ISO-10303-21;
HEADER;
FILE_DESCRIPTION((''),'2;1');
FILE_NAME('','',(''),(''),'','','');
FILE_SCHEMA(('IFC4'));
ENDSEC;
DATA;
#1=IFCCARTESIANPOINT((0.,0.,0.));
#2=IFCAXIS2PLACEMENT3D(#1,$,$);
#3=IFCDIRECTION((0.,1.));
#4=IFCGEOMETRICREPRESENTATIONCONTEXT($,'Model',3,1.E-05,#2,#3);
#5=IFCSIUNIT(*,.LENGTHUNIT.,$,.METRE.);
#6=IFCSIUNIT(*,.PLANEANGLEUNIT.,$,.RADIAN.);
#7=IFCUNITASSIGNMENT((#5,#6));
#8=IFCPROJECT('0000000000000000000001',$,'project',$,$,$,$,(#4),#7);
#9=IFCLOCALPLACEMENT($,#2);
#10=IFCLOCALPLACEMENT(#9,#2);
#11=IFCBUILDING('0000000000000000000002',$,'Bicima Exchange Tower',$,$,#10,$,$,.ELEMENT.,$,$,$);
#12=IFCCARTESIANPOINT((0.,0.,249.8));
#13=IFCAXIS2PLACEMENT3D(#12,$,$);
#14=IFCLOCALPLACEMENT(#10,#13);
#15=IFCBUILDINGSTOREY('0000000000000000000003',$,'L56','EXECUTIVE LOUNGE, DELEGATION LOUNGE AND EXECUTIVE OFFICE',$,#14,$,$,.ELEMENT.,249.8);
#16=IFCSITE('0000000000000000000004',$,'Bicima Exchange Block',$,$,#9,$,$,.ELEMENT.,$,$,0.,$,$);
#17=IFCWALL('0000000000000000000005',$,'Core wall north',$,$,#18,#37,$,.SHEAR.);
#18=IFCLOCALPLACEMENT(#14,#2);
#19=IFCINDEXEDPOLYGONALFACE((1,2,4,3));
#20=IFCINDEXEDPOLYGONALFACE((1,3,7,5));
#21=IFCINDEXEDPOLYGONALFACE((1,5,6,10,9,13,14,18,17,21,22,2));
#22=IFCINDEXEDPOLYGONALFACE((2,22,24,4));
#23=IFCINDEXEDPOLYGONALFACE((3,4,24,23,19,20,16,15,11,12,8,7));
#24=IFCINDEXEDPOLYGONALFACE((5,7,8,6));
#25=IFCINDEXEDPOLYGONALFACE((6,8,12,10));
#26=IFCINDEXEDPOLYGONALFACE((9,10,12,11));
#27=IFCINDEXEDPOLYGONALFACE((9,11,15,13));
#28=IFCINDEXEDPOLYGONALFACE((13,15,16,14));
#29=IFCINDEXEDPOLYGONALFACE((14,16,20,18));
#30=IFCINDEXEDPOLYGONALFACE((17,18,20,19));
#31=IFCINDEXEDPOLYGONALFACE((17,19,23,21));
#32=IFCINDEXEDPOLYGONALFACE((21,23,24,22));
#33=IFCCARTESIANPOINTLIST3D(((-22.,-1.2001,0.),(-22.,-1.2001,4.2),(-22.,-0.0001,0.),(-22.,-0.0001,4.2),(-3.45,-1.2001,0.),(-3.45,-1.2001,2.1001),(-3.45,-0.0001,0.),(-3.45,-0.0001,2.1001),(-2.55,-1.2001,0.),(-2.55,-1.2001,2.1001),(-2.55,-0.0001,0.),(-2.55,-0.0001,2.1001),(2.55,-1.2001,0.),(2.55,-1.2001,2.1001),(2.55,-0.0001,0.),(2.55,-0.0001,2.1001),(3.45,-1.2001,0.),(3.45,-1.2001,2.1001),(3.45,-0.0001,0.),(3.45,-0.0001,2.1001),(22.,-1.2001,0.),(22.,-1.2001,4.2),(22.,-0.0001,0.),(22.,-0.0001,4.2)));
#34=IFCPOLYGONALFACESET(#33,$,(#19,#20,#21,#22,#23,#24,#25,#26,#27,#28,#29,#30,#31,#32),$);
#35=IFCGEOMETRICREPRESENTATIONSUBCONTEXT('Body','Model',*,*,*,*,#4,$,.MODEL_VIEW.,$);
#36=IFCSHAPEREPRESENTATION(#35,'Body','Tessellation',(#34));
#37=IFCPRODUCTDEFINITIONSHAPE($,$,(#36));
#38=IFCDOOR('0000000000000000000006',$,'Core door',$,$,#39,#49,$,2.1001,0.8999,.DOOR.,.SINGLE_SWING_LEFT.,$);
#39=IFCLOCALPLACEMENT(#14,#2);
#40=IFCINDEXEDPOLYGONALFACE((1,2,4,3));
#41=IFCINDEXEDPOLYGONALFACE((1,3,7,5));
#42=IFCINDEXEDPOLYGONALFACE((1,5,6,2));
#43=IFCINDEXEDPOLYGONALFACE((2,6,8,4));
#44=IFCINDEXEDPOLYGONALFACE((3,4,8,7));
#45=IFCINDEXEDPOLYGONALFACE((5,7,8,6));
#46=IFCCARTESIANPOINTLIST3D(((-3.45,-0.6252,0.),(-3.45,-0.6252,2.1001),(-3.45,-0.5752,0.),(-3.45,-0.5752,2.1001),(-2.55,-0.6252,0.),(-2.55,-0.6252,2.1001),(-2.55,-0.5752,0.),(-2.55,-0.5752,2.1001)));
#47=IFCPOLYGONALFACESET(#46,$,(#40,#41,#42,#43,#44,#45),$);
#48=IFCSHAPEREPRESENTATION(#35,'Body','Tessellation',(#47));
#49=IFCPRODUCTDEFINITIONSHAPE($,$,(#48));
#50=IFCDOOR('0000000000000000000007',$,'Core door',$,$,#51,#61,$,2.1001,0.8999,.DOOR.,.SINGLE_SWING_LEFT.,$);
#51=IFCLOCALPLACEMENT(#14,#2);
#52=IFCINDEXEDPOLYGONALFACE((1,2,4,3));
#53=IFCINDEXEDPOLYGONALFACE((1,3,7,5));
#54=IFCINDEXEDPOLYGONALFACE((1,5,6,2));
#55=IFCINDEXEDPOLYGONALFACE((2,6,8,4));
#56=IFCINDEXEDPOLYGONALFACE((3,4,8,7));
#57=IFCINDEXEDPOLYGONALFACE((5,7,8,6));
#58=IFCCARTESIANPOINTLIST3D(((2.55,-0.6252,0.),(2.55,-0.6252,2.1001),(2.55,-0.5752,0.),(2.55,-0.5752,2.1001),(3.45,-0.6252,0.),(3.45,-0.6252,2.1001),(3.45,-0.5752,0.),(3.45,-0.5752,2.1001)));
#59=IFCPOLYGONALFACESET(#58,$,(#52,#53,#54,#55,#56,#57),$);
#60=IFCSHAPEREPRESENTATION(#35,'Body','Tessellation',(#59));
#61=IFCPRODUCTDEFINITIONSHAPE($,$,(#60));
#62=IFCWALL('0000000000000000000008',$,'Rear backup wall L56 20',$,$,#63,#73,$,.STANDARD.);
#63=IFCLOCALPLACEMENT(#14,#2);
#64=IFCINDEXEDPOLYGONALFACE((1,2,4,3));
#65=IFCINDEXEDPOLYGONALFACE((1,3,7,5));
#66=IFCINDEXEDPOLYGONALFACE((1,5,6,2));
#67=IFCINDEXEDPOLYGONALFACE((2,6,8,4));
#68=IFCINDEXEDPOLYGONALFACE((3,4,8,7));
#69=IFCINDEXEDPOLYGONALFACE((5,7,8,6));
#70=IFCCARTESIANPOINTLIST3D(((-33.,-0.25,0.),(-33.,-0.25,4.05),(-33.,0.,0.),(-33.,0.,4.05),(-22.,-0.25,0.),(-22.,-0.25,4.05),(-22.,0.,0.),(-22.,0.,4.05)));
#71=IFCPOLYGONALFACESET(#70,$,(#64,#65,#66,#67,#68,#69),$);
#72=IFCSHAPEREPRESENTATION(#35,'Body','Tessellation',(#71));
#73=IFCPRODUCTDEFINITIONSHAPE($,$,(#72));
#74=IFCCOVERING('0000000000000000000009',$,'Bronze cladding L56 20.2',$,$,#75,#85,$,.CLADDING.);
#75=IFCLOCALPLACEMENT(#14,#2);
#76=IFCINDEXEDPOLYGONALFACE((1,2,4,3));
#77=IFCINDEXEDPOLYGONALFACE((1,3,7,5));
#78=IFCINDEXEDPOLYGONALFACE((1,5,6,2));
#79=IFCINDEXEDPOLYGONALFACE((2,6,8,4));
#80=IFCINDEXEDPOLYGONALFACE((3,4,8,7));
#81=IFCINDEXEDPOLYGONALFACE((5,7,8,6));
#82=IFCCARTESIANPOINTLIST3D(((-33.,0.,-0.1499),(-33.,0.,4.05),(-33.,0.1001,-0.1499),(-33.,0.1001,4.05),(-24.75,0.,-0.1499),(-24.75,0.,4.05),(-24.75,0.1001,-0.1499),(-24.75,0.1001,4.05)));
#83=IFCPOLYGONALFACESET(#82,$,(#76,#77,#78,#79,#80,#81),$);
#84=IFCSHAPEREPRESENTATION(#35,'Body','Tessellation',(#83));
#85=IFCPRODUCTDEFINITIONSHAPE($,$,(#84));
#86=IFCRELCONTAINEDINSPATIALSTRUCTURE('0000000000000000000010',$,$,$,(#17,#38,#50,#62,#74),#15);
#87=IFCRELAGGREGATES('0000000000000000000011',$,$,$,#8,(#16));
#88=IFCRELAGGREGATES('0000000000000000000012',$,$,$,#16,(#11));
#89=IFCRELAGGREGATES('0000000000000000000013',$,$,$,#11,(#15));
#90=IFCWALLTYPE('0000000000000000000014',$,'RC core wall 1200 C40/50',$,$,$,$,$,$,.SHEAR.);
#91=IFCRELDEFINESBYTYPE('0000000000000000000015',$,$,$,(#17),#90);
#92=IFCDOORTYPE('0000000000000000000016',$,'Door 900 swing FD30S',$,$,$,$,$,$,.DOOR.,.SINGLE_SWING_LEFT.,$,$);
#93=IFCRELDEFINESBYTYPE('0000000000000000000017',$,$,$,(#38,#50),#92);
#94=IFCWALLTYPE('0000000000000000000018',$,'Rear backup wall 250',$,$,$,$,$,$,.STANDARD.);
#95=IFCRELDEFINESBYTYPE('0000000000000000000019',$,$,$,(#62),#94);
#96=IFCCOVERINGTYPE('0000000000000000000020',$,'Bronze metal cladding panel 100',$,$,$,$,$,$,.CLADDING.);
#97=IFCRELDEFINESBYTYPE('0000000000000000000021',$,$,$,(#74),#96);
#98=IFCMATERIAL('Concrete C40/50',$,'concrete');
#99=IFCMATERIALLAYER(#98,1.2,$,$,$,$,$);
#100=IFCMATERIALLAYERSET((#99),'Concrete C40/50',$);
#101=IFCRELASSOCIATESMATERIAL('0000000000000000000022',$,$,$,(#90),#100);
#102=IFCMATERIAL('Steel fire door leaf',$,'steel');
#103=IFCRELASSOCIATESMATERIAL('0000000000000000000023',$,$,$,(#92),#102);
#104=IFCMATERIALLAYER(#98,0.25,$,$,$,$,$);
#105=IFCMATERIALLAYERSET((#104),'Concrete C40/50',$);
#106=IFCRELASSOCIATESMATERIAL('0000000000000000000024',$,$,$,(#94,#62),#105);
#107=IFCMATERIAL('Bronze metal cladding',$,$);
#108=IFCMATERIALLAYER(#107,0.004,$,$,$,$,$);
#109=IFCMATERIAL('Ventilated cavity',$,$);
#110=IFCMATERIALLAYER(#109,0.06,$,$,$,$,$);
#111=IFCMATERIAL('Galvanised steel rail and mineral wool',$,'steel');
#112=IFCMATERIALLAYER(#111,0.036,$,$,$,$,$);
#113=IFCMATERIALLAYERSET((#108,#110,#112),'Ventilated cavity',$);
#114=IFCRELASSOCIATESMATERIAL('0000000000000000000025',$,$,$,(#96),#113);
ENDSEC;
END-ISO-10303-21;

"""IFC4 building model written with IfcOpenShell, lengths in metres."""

from ifc_helpers import new_model, si_unit, direction, frame, frame_2d, origin, origin_2d, place, context, subcontext, project, spatial, rectangle, extrude, material, layer, layer_set, layer_usage, type_object, element, fill, save


model = new_model("IFC4")

# Units and contexts
model_context = context("Model", 3, precision=1e-05, world=origin(), true_north=direction((0.0, 1.0)))
body_context = subcontext(model_context, "Body", "Model", "MODEL_VIEW")
ifc_project = project(units=[si_unit("LENGTHUNIT", "METRE"), si_unit("PLANEANGLEUNIT", "RADIAN")], contexts=[model_context])

# Site, building, storey
site_placement = place(None, origin())
site = spatial("IfcSite", under=ifc_project, at=site_placement, Name="Bicima Exchange Block", CompositionType="ELEMENT", RefElevation=0.0)
building_placement = place(site_placement, origin())
building = spatial("IfcBuilding", under=site, at=building_placement, Name="Bicima Exchange Tower", CompositionType="ELEMENT")
storey_placement = place(building_placement, frame((0.0, 0.0, 249.8)))
storey = spatial("IfcBuildingStorey", under=building, at=storey_placement, Name="L56", Description="EXECUTIVE LOUNGE, DELEGATION LOUNGE AND EXECUTIVE OFFICE", CompositionType="ELEMENT", Elevation=249.8)

# Wall, openings, doors
ifc_material_1 = material(Name="Concrete C40/50", Category="concrete")
ifc_layer_1 = layer(ifc_material_1, 1.2)
ifc_layer_set_1 = layer_set([ifc_layer_1], Name="Concrete C40/50")
wall_type_1 = type_object("IfcWallType", Name="RC core wall 1200 C40/50", PredefinedType="SHEAR", material=ifc_layer_set_1)
wall_1_placement = place(storey_placement, frame((-22.0, -0.6001, 0.0), z_axis=(0.0, 0.0, 1.0), x_axis=(1.0, 0.0, 0.0)))
wall_1 = element("IfcWall", 1, at=wall_1_placement, inside=storey, type_object=wall_type_1, Name="Core wall north", PredefinedType="SHEAR", context=body_context, shape_type="SweptSolid", body=[
    extrude(rectangle(XDim=44.0, YDim=1.2, at=frame_2d((22.0, 0.0))), origin(), (0.0, 0.0, 1.0), 4.2),
])
opening_1_placement = place(wall_1_placement, frame((18.55, 0.0, 0.0)))
opening_1 = element("IfcOpeningElement", 2, at=opening_1_placement, cuts=wall_1, PredefinedType="OPENING", context=body_context, shape_type="SweptSolid", body=[
    extrude(rectangle(XDim=0.8999, YDim=2.1001, at=frame_2d((0.45, 1.05))), frame((0.0, 0.6118, 0.0), z_axis=(0.0, -1.0, 0.0), x_axis=(1.0, 0.0, 0.0)), (0.0, 0.0, 1.0), 1.2239),
])
opening_2_placement = place(wall_1_placement, frame((24.55, 0.0, 0.0)))
opening_2 = element("IfcOpeningElement", 3, at=opening_2_placement, cuts=wall_1, PredefinedType="OPENING", context=body_context, shape_type="SweptSolid", body=[
    extrude(rectangle(XDim=0.8999, YDim=2.1001, at=frame_2d((0.45, 1.05))), frame((0.0, 0.6118, 0.0), z_axis=(0.0, -1.0, 0.0), x_axis=(1.0, 0.0, 0.0)), (0.0, 0.0, 1.0), 1.2239),
])
ifc_material_2 = material(Name="Steel fire door leaf", Category="steel")
door_type = type_object("IfcDoorType", Name="Door 900 swing FD30S", OperationType="SINGLE_SWING_LEFT", PredefinedType="DOOR", material=ifc_material_2)
door_1_placement = place(opening_1_placement, origin())
door_1 = element("IfcDoor", 4, at=door_1_placement, inside=storey, type_object=door_type, Name="Core door", OperationType="SINGLE_SWING_LEFT", OverallHeight=2.1001, OverallWidth=0.8999, PredefinedType="DOOR", context=body_context, shape_type="SweptSolid", body=[
    extrude(rectangle(XDim=0.8999, YDim=2.1001, at=frame_2d((0.45, 1.05))), frame((0.0, 0.0249, 0.0), z_axis=(0.0, -1.0, 0.0), x_axis=(1.0, 0.0, 0.0)), (0.0, 0.0, 1.0), 0.05),
])
fill(opening_1, door_1)
door_2_placement = place(opening_2_placement, origin())
door_2 = element("IfcDoor", 5, at=door_2_placement, inside=storey, type_object=door_type, Name="Core door", OperationType="SINGLE_SWING_LEFT", OverallHeight=2.1001, OverallWidth=0.8999, PredefinedType="DOOR", context=body_context, shape_type="SweptSolid", body=[
    extrude(rectangle(XDim=0.8999, YDim=2.1001, at=frame_2d((0.45, 1.05))), frame((0.0, 0.0249, 0.0), z_axis=(0.0, -1.0, 0.0), x_axis=(1.0, 0.0, 0.0)), (0.0, 0.0, 1.0), 0.05),
])
fill(opening_2, door_2)

# Wall
ifc_layer_2 = layer(ifc_material_1, 0.25)
ifc_layer_set_2 = layer_set([ifc_layer_2], Name="Concrete C40/50")
ifc_layer_usage = layer_usage(ifc_layer_set_2, "AXIS2", "POSITIVE", -0.125)
wall_type_2 = type_object("IfcWallType", Name="Rear backup wall 250", PredefinedType="STANDARD", material=ifc_layer_set_2)
wall_2_placement = place(storey_placement, frame((-22.0, -0.125, 0.0), z_axis=(0.0, 0.0, 1.0), x_axis=(-1.0, 0.0, 0.0)))
element("IfcWall", 6, at=wall_2_placement, inside=storey, type_object=wall_type_2, material=ifc_layer_usage, Name="Rear backup wall L56 20", PredefinedType="STANDARD", context=body_context, shape_type="SweptSolid", body=[
    extrude(rectangle(XDim=11.0, YDim=0.25, at=frame_2d((5.5, 0.0))), origin(), (0.0, 0.0, 1.0), 4.05),
])

# Covering
ifc_material_3 = material(Name="Bronze metal cladding")
ifc_layer_3 = layer(ifc_material_3, 0.004)
ifc_material_4 = material(Name="Ventilated cavity")
ifc_layer_4 = layer(ifc_material_4, 0.06)
ifc_material_5 = material(Name="Galvanised steel rail and mineral wool", Category="steel")
ifc_layer_5 = layer(ifc_material_5, 0.036)
ifc_layer_set_3 = layer_set([ifc_layer_3, ifc_layer_4, ifc_layer_5], Name="Ventilated cavity")
covering_type = type_object("IfcCoveringType", Name="Bronze metal cladding panel 100", PredefinedType="CLADDING", material=ifc_layer_set_3)
covering_placement = place(storey_placement, frame((-28.875, 0.05, -0.1499), z_axis=(0.0, 0.0, 1.0), x_axis=(-1.0, 0.0, 0.0)))
element("IfcCovering", 7, at=covering_placement, inside=storey, type_object=covering_type, Name="Bronze cladding L56 20.2", PredefinedType="CLADDING", context=body_context, shape_type="SweptSolid", body=[
    extrude(rectangle(XDim=8.25, YDim=0.1001, at=origin_2d()), origin(), (0.0, 0.0, 1.0), 4.2),
])

save(model, "model.ifc")
